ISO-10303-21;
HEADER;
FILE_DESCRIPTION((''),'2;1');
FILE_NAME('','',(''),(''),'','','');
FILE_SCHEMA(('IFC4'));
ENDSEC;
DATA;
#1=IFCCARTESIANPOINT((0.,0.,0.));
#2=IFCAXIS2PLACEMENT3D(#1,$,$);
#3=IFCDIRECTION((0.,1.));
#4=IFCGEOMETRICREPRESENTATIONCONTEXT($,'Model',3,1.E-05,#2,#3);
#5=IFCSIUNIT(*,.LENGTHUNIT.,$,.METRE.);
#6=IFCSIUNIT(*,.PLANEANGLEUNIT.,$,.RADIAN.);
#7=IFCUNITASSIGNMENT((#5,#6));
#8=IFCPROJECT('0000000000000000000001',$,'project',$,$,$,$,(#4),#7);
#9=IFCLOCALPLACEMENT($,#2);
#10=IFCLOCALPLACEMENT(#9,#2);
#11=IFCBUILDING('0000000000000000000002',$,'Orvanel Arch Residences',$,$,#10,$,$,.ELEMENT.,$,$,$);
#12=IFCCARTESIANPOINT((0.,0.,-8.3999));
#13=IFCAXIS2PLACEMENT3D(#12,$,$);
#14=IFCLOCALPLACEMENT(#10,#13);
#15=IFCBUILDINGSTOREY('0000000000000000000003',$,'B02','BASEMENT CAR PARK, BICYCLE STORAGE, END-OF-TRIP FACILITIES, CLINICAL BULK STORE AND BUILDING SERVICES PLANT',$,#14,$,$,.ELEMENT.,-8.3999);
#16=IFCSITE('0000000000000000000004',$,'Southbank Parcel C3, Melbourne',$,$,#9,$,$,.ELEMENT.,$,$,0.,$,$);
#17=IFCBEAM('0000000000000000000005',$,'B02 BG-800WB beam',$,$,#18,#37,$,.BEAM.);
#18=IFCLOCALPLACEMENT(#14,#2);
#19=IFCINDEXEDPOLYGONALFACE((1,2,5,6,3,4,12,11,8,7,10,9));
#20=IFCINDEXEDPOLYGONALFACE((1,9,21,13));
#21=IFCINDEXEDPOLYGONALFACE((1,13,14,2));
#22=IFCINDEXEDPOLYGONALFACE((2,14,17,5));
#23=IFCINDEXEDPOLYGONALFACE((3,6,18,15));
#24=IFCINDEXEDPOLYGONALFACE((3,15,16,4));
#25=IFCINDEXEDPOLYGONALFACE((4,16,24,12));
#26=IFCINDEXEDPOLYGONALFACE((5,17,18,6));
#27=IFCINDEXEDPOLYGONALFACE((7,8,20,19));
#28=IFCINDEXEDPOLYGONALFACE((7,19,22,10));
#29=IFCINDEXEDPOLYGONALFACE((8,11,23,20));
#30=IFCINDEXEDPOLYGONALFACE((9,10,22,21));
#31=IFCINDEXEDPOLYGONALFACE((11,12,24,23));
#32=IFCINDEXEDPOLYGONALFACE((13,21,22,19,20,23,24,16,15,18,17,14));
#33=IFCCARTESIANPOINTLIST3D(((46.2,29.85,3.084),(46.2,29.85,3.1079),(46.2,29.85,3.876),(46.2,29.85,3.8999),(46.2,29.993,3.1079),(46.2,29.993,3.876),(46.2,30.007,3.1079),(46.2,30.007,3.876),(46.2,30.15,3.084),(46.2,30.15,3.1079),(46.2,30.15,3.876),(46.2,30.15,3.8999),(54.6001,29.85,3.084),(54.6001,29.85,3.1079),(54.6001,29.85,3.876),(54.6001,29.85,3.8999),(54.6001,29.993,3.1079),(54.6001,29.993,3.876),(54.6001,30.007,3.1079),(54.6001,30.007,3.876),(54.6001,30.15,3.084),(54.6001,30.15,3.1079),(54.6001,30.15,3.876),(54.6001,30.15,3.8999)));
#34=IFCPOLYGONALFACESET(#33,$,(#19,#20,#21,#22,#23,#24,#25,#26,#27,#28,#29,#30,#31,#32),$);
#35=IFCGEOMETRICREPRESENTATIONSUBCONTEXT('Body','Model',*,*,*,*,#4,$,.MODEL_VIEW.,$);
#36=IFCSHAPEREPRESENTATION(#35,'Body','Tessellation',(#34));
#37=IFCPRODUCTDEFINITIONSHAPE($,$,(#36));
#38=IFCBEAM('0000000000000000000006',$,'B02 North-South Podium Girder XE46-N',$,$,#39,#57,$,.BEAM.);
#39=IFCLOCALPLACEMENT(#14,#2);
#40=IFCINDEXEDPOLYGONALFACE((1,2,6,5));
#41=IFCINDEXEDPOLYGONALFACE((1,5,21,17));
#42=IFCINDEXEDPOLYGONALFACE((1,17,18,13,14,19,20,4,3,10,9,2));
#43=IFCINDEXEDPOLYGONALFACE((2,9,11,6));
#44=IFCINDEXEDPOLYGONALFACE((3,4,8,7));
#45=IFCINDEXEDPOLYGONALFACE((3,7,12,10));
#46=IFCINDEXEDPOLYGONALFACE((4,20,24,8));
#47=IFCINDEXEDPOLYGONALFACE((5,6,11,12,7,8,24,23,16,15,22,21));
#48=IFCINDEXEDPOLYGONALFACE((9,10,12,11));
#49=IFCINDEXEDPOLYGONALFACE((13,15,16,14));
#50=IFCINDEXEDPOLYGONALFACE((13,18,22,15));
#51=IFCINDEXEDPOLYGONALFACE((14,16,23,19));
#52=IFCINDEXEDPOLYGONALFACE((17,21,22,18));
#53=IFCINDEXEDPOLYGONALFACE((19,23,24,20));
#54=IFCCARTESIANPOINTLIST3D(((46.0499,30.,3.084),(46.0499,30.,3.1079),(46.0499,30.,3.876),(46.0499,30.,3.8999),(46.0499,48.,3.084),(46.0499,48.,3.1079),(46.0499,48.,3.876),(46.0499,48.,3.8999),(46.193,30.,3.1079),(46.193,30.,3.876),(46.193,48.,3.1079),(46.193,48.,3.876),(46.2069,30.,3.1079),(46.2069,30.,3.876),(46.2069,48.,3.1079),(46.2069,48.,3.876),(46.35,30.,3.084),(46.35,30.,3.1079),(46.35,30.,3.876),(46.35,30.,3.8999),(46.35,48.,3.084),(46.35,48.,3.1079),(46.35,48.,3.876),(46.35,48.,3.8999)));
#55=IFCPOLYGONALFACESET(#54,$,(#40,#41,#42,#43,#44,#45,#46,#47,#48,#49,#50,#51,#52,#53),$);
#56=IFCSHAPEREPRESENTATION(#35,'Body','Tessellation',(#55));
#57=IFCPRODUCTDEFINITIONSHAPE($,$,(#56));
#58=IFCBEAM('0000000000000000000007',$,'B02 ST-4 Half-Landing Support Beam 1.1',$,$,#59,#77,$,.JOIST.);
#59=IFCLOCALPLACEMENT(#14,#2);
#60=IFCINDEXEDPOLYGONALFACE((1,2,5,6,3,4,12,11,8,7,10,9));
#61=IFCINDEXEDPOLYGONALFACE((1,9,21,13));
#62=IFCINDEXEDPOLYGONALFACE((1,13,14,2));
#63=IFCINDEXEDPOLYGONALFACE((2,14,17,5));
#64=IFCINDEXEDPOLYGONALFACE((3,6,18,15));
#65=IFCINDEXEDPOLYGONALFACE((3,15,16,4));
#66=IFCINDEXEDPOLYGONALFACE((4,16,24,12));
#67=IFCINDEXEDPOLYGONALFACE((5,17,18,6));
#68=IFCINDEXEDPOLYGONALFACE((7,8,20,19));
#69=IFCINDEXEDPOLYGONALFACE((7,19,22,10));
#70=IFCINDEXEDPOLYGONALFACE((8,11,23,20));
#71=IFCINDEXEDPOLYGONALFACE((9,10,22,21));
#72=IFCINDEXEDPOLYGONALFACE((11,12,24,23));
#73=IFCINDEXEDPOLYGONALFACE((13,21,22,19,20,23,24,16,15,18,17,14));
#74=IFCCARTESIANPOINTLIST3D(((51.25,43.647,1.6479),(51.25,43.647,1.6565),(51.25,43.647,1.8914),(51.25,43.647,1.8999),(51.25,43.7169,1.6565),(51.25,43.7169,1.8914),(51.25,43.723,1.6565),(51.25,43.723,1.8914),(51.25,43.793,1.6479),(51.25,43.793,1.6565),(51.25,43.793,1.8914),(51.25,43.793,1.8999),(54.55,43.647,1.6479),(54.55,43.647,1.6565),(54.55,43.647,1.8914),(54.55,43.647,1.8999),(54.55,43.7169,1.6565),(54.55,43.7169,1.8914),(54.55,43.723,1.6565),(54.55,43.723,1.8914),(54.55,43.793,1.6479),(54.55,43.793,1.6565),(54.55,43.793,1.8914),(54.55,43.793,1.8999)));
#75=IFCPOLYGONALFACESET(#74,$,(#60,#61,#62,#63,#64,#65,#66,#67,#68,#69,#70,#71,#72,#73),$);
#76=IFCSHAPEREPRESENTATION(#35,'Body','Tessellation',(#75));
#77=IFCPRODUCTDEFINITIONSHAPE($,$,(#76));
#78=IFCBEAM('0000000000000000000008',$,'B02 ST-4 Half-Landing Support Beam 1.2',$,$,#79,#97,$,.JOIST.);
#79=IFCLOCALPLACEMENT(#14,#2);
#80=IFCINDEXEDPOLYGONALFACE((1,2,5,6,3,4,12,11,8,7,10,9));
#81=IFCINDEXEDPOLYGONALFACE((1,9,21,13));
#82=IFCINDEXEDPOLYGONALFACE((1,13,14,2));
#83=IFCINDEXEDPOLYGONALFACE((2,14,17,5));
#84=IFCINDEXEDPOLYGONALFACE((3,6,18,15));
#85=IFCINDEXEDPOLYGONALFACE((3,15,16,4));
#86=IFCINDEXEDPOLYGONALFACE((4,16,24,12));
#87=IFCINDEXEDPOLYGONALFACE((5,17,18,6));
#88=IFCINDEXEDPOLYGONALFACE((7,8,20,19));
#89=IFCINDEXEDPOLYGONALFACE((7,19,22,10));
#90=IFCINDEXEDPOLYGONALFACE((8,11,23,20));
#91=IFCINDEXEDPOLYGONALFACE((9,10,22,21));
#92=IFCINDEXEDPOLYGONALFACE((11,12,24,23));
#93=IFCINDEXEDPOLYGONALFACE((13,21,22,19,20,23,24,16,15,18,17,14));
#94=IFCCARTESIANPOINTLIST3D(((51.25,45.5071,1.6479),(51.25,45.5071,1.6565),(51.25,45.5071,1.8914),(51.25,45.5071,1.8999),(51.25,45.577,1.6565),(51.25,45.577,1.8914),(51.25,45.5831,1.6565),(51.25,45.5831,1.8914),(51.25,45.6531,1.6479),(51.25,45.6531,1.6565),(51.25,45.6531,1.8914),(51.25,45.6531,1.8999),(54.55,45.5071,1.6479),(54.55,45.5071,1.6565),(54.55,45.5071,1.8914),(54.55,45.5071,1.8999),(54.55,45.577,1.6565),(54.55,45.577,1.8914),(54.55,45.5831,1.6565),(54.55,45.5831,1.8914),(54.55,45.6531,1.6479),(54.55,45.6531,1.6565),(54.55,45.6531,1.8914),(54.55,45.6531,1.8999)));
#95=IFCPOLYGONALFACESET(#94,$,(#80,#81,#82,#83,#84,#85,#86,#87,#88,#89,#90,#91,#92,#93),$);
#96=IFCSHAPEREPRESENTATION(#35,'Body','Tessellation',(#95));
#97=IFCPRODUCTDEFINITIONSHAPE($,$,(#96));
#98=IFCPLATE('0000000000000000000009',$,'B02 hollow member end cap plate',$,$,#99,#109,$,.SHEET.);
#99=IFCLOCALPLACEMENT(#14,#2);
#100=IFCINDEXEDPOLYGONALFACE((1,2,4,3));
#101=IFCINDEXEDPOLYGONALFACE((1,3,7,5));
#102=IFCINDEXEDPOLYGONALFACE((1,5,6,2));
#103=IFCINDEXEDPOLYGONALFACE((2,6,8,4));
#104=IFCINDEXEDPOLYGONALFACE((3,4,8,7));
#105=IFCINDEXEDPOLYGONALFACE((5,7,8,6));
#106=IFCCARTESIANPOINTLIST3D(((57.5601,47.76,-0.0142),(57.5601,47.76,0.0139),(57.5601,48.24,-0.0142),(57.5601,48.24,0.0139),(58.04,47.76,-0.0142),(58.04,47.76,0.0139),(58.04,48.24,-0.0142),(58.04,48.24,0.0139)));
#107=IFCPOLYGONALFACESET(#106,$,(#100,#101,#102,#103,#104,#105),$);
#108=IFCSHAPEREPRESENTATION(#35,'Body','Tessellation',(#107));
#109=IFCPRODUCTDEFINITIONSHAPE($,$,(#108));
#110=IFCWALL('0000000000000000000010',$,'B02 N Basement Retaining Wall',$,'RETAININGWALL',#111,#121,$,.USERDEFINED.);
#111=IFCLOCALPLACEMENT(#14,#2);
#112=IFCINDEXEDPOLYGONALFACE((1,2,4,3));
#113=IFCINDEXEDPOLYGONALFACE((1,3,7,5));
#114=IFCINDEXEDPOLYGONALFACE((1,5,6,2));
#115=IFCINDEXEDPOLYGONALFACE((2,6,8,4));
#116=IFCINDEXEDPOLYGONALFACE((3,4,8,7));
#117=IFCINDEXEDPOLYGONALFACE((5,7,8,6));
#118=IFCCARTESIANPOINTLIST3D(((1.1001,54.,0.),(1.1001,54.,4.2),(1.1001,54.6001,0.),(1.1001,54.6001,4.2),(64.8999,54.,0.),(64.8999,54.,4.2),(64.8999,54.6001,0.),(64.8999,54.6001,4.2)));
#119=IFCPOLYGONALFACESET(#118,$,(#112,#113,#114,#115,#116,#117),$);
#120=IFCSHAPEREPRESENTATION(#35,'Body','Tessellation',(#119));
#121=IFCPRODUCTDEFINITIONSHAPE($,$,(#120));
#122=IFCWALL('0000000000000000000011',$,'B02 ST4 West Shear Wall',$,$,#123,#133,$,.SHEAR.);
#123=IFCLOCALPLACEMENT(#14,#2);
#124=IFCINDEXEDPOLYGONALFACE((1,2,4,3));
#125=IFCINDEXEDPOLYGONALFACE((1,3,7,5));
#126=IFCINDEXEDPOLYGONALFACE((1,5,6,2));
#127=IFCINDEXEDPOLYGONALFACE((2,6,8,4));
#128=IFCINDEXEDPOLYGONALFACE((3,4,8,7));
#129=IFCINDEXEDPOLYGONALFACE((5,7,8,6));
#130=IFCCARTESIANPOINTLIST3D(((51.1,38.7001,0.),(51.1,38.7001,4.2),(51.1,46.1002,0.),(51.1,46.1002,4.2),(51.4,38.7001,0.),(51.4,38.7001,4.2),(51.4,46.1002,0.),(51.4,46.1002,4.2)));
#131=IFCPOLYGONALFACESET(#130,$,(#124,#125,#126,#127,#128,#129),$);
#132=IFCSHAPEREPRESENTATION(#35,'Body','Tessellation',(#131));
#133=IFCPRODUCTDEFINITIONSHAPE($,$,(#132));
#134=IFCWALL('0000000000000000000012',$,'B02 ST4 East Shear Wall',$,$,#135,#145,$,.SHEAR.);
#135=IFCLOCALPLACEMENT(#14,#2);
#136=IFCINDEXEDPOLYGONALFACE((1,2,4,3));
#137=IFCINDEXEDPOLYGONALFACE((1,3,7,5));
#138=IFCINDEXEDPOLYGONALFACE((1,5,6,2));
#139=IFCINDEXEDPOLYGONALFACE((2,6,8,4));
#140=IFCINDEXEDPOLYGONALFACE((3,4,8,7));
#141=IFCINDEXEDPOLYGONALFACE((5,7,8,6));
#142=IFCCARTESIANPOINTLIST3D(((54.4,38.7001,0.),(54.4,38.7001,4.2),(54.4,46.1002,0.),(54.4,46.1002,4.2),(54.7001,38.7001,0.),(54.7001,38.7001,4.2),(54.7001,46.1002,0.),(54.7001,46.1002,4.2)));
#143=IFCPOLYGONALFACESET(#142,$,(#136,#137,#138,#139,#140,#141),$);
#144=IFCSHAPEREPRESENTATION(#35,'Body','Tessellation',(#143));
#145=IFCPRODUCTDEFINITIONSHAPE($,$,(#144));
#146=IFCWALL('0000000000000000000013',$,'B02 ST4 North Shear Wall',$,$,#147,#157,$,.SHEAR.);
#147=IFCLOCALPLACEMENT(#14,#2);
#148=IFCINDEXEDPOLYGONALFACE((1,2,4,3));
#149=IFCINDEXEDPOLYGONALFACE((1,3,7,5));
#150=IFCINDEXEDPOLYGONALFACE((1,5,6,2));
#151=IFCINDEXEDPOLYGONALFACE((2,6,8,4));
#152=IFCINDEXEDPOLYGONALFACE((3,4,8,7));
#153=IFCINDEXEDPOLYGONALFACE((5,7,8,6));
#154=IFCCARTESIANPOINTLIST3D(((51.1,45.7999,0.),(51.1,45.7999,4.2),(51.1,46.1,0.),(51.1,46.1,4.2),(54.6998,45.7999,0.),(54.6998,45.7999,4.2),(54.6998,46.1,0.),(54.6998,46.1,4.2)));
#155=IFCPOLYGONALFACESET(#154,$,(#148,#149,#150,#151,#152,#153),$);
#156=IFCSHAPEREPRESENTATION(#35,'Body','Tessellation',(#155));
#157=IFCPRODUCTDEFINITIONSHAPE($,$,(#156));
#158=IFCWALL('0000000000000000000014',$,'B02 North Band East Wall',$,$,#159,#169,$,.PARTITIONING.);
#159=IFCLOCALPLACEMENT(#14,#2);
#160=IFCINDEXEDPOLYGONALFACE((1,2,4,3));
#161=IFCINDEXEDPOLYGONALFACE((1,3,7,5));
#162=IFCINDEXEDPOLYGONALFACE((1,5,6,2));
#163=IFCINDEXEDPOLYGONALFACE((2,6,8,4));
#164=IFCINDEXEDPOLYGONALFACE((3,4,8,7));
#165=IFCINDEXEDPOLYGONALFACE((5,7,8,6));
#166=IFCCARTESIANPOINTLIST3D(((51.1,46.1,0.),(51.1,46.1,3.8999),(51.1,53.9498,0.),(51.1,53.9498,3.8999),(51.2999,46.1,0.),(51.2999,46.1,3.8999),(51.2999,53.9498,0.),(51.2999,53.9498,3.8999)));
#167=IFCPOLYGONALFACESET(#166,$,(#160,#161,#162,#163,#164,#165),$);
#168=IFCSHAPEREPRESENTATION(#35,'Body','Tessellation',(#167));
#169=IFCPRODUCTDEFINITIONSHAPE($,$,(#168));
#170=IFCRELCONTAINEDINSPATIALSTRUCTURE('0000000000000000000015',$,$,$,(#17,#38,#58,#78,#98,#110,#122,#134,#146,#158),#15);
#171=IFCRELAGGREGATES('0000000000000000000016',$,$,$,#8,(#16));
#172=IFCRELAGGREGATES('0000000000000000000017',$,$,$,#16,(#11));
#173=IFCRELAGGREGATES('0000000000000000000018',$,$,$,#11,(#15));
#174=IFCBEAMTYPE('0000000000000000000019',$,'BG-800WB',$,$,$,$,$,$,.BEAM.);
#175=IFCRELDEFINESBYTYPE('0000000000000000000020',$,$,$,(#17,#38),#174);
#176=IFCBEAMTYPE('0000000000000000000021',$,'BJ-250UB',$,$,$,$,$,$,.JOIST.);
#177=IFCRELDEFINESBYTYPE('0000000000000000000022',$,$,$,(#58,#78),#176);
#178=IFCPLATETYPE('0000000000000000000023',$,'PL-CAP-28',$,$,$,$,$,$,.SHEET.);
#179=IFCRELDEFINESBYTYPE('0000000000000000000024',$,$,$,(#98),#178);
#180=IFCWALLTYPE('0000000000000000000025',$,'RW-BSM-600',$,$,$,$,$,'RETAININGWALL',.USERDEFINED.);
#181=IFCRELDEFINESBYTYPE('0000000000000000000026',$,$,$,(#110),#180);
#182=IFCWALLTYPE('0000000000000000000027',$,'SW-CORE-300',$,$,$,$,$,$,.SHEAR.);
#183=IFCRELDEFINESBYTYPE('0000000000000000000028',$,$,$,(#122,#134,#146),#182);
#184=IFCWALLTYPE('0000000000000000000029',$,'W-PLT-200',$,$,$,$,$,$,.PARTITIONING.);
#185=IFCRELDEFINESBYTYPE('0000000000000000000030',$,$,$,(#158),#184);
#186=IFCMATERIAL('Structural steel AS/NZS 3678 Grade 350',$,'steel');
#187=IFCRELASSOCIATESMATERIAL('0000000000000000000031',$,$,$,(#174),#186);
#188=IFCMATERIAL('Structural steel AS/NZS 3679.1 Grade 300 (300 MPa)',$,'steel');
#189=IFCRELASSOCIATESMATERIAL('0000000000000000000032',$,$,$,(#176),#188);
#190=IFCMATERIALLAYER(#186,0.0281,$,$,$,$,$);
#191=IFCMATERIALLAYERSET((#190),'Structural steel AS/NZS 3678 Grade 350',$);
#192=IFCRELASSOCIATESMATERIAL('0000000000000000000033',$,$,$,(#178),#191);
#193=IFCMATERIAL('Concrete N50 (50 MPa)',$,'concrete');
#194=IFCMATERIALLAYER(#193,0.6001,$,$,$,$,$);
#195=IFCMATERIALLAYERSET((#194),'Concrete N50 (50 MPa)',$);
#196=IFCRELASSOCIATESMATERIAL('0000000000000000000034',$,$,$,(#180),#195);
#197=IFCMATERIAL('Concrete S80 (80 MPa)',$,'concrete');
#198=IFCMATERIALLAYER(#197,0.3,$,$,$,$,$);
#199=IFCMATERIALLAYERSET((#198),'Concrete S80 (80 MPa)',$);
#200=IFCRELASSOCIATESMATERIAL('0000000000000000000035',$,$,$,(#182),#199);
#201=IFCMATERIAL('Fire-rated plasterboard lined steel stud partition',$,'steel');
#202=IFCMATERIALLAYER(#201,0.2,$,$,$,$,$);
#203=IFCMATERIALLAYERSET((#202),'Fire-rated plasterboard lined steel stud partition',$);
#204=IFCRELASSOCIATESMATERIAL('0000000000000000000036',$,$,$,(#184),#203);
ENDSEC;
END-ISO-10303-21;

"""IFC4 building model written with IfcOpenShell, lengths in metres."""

from ifc_helpers import new_model, si_unit, direction, frame, frame_2d, origin, origin_2d, place, context, subcontext, project, spatial, rectangle, i_section, extrude, material, layer, layer_set, material_profile, profile_set, type_object, element, save


model = new_model("IFC4")

# Units and contexts
model_context = context("Model", 3, precision=1e-05, world=origin(), true_north=direction((0.0, 1.0)))
body_context = subcontext(model_context, "Body", "Model", "MODEL_VIEW")
ifc_project = project(units=[si_unit("LENGTHUNIT", "METRE"), si_unit("PLANEANGLEUNIT", "RADIAN")], contexts=[model_context])

# Site, building, storey
site_placement = place(None, origin())
site = spatial("IfcSite", under=ifc_project, at=site_placement, Name="Southbank Parcel C3, Melbourne", CompositionType="ELEMENT", RefElevation=0.0)
building_placement = place(site_placement, origin())
building = spatial("IfcBuilding", under=site, at=building_placement, Name="Orvanel Arch Residences", CompositionType="ELEMENT")
storey_placement = place(building_placement, frame((0.0, 0.0, -8.3999)))
storey = spatial("IfcBuildingStorey", under=building, at=storey_placement, Name="B02", Description="BASEMENT CAR PARK, BICYCLE STORAGE, END-OF-TRIP FACILITIES, CLINICAL BULK STORE AND BUILDING SERVICES PLANT", CompositionType="ELEMENT", Elevation=-8.3999)

# Shared definitions
ifc_material_1 = material(Name="Concrete N50 (50 MPa)", Category="concrete")

# Beams
ifc_material_2 = material(Name="Structural steel AS/NZS 3678 Grade 350", Category="steel")
ifc_material_profile_1 = material_profile(ifc_material_2, i_section(OverallWidth=0.3, OverallDepth=0.8159, WebThickness=0.0139, FlangeThickness=0.0239, at=origin_2d()), Name="800WB192")
ifc_profile_set_1 = profile_set([ifc_material_profile_1], Name="Structural steel AS/NZS 3678 Grade 350")
beam_type_1 = type_object("IfcBeamType", Name="BG-800WB", PredefinedType="BEAM", material=ifc_profile_set_1)
beam_1_placement = place(storey_placement, frame((46.2, 30.0, 3.4919), z_axis=(1.0, 0.0, 0.0), x_axis=(0.0, 1.0, 0.0)))
element("IfcBeam", 1, at=beam_1_placement, inside=storey, type_object=beam_type_1, Name="B02 BG-800WB beam", PredefinedType="BEAM", context=body_context, shape_type="SweptSolid", body=[
    extrude(i_section(OverallWidth=0.3, OverallDepth=0.8159, WebThickness=0.0139, FlangeThickness=0.0239, at=origin_2d()), origin(), (0.0, 0.0, 1.0), 8.4001),
])
beam_2_placement = place(storey_placement, frame((46.2, 30.0, 3.4919), z_axis=(0.0, 1.0, 0.0), x_axis=(-1.0, 0.0, 0.0)))
element("IfcBeam", 2, at=beam_2_placement, inside=storey, type_object=beam_type_1, Name="B02 North-South Podium Girder XE46-N", PredefinedType="BEAM", context=body_context, shape_type="SweptSolid", body=[
    extrude(i_section(OverallWidth=0.3, OverallDepth=0.8159, WebThickness=0.0139, FlangeThickness=0.0239, at=origin_2d()), origin(), (0.0, 0.0, 1.0), 18.0),
])
ifc_material_3 = material(Name="Structural steel AS/NZS 3679.1 Grade 300 (300 MPa)", Category="steel")
ifc_material_profile_2 = material_profile(ifc_material_3, i_section(OverallWidth=0.146, OverallDepth=0.252, WebThickness=0.0061, FlangeThickness=0.0085, at=origin_2d()), Name="250UB31.4")
ifc_profile_set_2 = profile_set([ifc_material_profile_2], Name="Structural steel AS/NZS 3679.1 Grade 300 (300 MPa)")
beam_type_2 = type_object("IfcBeamType", Name="BJ-250UB", PredefinedType="JOIST", material=ifc_profile_set_2)
for number, where, z_axis, x_axis, name in (
    (3, (51.25, 43.72, 1.7739), (1.0, 0.0, 0.0), (0.0, 1.0, 0.0), "B02 ST-4 Half-Landing Support Beam 1.1"),
    (4, (51.25, 45.5801, 1.7739), (1.0, 0.0, 0.0), (0.0, 1.0, 0.0), "B02 ST-4 Half-Landing Support Beam 1.2"),
):
    element("IfcBeam", number, at=place(storey_placement, frame(where, z_axis=z_axis, x_axis=x_axis)), inside=storey, type_object=beam_type_2, Name=name, PredefinedType="JOIST", context=body_context, shape_type="SweptSolid", body=[
        extrude(i_section(OverallWidth=0.146, OverallDepth=0.252, WebThickness=0.0061, FlangeThickness=0.0085, at=origin_2d()), origin(), (0.0, 0.0, 1.0), 3.3),
    ])

# Plate
ifc_layer_1 = layer(ifc_material_2, 0.0281)
ifc_layer_set_1 = layer_set([ifc_layer_1], Name="Structural steel AS/NZS 3678 Grade 350")
plate_type = type_object("IfcPlateType", Name="PL-CAP-28", PredefinedType="SHEET", material=ifc_layer_set_1)
plate_placement = place(storey_placement, frame((57.8, 48.0, -0.0142), z_axis=(0.0, 0.0, 1.0), x_axis=(1.0, 0.0, 0.0)))
element("IfcPlate", 5, at=plate_placement, inside=storey, type_object=plate_type, Name="B02 hollow member end cap plate", PredefinedType="SHEET", context=body_context, shape_type="SweptSolid", body=[
    extrude(rectangle(XDim=0.48, YDim=0.48, at=origin_2d()), origin(), (0.0, 0.0, 1.0), 0.0281),
])

# Walls
ifc_layer_2 = layer(ifc_material_1, 0.6001)
ifc_layer_set_2 = layer_set([ifc_layer_2], Name="Concrete N50 (50 MPa)")
wall_type_1 = type_object("IfcWallType", Name="RW-BSM-600", ElementType="RETAININGWALL", PredefinedType="USERDEFINED", material=ifc_layer_set_2)
wall_1_placement = place(storey_placement, frame((64.8999, 54.3, 0.0), z_axis=(0.0, 0.0, 1.0), x_axis=(-1.0, 0.0, 0.0)))
element("IfcWall", 6, at=wall_1_placement, inside=storey, type_object=wall_type_1, Name="B02 N Basement Retaining Wall", ObjectType="RETAININGWALL", PredefinedType="USERDEFINED", context=body_context, shape_type="SweptSolid", body=[
    extrude(rectangle(XDim=63.7998, YDim=0.6001, at=frame_2d((31.8999, 0.0))), origin(), (0.0, 0.0, 1.0), 4.2),
])
ifc_material_4 = material(Name="Concrete S80 (80 MPa)", Category="concrete")
ifc_layer_3 = layer(ifc_material_4, 0.3)
ifc_layer_set_3 = layer_set([ifc_layer_3], Name="Concrete S80 (80 MPa)")
wall_type_2 = type_object("IfcWallType", Name="SW-CORE-300", PredefinedType="SHEAR", material=ifc_layer_set_3)
for number, where, z_axis, x_axis, name in (
    (7, (51.25, 38.7, 0.0), (0.0, 0.0, 1.0), (0.0, 1.0, 0.0), "B02 ST4 West Shear Wall"),
    (8, (54.55, 38.7, 0.0), (0.0, 0.0, 1.0), (0.0, 1.0, 0.0), "B02 ST4 East Shear Wall"),
):
    element("IfcWall", number, at=place(storey_placement, frame(where, z_axis=z_axis, x_axis=x_axis)), inside=storey, type_object=wall_type_2, Name=name, PredefinedType="SHEAR", context=body_context, shape_type="SweptSolid", body=[
        extrude(rectangle(XDim=7.4001, YDim=0.3, at=frame_2d((3.7002, 0.0))), origin(), (0.0, 0.0, 1.0), 4.2),
    ])
wall_2_placement = place(storey_placement, frame((51.1001, 45.95, 0.0), z_axis=(0.0, 0.0, 1.0), x_axis=(1.0, 0.0, 0.0)))
element("IfcWall", 9, at=wall_2_placement, inside=storey, type_object=wall_type_2, Name="B02 ST4 North Shear Wall", PredefinedType="SHEAR", context=body_context, shape_type="SweptSolid", body=[
    extrude(rectangle(XDim=3.5999, YDim=0.3, at=frame_2d((1.7998, 0.0))), origin(), (0.0, 0.0, 1.0), 4.2),
])

# Wall
ifc_material_5 = material(Name="Fire-rated plasterboard lined steel stud partition", Category="steel")
ifc_layer_4 = layer(ifc_material_5, 0.2)
ifc_layer_set_4 = layer_set([ifc_layer_4], Name="Fire-rated plasterboard lined steel stud partition")
wall_type_3 = type_object("IfcWallType", Name="W-PLT-200", PredefinedType="PARTITIONING", material=ifc_layer_set_4)
wall_3_placement = place(storey_placement, frame((51.2, 46.1001, 0.0), z_axis=(0.0, 0.0, 1.0), x_axis=(0.0, 1.0, 0.0)))
element("IfcWall", 10, at=wall_3_placement, inside=storey, type_object=wall_type_3, Name="B02 North Band East Wall", PredefinedType="PARTITIONING", context=body_context, shape_type="SweptSolid", body=[
    extrude(rectangle(XDim=7.8499, YDim=0.2, at=frame_2d((3.9248, 0.0))), origin(), (0.0, 0.0, 1.0), 3.8999),
])

save(model, "model.ifc")
